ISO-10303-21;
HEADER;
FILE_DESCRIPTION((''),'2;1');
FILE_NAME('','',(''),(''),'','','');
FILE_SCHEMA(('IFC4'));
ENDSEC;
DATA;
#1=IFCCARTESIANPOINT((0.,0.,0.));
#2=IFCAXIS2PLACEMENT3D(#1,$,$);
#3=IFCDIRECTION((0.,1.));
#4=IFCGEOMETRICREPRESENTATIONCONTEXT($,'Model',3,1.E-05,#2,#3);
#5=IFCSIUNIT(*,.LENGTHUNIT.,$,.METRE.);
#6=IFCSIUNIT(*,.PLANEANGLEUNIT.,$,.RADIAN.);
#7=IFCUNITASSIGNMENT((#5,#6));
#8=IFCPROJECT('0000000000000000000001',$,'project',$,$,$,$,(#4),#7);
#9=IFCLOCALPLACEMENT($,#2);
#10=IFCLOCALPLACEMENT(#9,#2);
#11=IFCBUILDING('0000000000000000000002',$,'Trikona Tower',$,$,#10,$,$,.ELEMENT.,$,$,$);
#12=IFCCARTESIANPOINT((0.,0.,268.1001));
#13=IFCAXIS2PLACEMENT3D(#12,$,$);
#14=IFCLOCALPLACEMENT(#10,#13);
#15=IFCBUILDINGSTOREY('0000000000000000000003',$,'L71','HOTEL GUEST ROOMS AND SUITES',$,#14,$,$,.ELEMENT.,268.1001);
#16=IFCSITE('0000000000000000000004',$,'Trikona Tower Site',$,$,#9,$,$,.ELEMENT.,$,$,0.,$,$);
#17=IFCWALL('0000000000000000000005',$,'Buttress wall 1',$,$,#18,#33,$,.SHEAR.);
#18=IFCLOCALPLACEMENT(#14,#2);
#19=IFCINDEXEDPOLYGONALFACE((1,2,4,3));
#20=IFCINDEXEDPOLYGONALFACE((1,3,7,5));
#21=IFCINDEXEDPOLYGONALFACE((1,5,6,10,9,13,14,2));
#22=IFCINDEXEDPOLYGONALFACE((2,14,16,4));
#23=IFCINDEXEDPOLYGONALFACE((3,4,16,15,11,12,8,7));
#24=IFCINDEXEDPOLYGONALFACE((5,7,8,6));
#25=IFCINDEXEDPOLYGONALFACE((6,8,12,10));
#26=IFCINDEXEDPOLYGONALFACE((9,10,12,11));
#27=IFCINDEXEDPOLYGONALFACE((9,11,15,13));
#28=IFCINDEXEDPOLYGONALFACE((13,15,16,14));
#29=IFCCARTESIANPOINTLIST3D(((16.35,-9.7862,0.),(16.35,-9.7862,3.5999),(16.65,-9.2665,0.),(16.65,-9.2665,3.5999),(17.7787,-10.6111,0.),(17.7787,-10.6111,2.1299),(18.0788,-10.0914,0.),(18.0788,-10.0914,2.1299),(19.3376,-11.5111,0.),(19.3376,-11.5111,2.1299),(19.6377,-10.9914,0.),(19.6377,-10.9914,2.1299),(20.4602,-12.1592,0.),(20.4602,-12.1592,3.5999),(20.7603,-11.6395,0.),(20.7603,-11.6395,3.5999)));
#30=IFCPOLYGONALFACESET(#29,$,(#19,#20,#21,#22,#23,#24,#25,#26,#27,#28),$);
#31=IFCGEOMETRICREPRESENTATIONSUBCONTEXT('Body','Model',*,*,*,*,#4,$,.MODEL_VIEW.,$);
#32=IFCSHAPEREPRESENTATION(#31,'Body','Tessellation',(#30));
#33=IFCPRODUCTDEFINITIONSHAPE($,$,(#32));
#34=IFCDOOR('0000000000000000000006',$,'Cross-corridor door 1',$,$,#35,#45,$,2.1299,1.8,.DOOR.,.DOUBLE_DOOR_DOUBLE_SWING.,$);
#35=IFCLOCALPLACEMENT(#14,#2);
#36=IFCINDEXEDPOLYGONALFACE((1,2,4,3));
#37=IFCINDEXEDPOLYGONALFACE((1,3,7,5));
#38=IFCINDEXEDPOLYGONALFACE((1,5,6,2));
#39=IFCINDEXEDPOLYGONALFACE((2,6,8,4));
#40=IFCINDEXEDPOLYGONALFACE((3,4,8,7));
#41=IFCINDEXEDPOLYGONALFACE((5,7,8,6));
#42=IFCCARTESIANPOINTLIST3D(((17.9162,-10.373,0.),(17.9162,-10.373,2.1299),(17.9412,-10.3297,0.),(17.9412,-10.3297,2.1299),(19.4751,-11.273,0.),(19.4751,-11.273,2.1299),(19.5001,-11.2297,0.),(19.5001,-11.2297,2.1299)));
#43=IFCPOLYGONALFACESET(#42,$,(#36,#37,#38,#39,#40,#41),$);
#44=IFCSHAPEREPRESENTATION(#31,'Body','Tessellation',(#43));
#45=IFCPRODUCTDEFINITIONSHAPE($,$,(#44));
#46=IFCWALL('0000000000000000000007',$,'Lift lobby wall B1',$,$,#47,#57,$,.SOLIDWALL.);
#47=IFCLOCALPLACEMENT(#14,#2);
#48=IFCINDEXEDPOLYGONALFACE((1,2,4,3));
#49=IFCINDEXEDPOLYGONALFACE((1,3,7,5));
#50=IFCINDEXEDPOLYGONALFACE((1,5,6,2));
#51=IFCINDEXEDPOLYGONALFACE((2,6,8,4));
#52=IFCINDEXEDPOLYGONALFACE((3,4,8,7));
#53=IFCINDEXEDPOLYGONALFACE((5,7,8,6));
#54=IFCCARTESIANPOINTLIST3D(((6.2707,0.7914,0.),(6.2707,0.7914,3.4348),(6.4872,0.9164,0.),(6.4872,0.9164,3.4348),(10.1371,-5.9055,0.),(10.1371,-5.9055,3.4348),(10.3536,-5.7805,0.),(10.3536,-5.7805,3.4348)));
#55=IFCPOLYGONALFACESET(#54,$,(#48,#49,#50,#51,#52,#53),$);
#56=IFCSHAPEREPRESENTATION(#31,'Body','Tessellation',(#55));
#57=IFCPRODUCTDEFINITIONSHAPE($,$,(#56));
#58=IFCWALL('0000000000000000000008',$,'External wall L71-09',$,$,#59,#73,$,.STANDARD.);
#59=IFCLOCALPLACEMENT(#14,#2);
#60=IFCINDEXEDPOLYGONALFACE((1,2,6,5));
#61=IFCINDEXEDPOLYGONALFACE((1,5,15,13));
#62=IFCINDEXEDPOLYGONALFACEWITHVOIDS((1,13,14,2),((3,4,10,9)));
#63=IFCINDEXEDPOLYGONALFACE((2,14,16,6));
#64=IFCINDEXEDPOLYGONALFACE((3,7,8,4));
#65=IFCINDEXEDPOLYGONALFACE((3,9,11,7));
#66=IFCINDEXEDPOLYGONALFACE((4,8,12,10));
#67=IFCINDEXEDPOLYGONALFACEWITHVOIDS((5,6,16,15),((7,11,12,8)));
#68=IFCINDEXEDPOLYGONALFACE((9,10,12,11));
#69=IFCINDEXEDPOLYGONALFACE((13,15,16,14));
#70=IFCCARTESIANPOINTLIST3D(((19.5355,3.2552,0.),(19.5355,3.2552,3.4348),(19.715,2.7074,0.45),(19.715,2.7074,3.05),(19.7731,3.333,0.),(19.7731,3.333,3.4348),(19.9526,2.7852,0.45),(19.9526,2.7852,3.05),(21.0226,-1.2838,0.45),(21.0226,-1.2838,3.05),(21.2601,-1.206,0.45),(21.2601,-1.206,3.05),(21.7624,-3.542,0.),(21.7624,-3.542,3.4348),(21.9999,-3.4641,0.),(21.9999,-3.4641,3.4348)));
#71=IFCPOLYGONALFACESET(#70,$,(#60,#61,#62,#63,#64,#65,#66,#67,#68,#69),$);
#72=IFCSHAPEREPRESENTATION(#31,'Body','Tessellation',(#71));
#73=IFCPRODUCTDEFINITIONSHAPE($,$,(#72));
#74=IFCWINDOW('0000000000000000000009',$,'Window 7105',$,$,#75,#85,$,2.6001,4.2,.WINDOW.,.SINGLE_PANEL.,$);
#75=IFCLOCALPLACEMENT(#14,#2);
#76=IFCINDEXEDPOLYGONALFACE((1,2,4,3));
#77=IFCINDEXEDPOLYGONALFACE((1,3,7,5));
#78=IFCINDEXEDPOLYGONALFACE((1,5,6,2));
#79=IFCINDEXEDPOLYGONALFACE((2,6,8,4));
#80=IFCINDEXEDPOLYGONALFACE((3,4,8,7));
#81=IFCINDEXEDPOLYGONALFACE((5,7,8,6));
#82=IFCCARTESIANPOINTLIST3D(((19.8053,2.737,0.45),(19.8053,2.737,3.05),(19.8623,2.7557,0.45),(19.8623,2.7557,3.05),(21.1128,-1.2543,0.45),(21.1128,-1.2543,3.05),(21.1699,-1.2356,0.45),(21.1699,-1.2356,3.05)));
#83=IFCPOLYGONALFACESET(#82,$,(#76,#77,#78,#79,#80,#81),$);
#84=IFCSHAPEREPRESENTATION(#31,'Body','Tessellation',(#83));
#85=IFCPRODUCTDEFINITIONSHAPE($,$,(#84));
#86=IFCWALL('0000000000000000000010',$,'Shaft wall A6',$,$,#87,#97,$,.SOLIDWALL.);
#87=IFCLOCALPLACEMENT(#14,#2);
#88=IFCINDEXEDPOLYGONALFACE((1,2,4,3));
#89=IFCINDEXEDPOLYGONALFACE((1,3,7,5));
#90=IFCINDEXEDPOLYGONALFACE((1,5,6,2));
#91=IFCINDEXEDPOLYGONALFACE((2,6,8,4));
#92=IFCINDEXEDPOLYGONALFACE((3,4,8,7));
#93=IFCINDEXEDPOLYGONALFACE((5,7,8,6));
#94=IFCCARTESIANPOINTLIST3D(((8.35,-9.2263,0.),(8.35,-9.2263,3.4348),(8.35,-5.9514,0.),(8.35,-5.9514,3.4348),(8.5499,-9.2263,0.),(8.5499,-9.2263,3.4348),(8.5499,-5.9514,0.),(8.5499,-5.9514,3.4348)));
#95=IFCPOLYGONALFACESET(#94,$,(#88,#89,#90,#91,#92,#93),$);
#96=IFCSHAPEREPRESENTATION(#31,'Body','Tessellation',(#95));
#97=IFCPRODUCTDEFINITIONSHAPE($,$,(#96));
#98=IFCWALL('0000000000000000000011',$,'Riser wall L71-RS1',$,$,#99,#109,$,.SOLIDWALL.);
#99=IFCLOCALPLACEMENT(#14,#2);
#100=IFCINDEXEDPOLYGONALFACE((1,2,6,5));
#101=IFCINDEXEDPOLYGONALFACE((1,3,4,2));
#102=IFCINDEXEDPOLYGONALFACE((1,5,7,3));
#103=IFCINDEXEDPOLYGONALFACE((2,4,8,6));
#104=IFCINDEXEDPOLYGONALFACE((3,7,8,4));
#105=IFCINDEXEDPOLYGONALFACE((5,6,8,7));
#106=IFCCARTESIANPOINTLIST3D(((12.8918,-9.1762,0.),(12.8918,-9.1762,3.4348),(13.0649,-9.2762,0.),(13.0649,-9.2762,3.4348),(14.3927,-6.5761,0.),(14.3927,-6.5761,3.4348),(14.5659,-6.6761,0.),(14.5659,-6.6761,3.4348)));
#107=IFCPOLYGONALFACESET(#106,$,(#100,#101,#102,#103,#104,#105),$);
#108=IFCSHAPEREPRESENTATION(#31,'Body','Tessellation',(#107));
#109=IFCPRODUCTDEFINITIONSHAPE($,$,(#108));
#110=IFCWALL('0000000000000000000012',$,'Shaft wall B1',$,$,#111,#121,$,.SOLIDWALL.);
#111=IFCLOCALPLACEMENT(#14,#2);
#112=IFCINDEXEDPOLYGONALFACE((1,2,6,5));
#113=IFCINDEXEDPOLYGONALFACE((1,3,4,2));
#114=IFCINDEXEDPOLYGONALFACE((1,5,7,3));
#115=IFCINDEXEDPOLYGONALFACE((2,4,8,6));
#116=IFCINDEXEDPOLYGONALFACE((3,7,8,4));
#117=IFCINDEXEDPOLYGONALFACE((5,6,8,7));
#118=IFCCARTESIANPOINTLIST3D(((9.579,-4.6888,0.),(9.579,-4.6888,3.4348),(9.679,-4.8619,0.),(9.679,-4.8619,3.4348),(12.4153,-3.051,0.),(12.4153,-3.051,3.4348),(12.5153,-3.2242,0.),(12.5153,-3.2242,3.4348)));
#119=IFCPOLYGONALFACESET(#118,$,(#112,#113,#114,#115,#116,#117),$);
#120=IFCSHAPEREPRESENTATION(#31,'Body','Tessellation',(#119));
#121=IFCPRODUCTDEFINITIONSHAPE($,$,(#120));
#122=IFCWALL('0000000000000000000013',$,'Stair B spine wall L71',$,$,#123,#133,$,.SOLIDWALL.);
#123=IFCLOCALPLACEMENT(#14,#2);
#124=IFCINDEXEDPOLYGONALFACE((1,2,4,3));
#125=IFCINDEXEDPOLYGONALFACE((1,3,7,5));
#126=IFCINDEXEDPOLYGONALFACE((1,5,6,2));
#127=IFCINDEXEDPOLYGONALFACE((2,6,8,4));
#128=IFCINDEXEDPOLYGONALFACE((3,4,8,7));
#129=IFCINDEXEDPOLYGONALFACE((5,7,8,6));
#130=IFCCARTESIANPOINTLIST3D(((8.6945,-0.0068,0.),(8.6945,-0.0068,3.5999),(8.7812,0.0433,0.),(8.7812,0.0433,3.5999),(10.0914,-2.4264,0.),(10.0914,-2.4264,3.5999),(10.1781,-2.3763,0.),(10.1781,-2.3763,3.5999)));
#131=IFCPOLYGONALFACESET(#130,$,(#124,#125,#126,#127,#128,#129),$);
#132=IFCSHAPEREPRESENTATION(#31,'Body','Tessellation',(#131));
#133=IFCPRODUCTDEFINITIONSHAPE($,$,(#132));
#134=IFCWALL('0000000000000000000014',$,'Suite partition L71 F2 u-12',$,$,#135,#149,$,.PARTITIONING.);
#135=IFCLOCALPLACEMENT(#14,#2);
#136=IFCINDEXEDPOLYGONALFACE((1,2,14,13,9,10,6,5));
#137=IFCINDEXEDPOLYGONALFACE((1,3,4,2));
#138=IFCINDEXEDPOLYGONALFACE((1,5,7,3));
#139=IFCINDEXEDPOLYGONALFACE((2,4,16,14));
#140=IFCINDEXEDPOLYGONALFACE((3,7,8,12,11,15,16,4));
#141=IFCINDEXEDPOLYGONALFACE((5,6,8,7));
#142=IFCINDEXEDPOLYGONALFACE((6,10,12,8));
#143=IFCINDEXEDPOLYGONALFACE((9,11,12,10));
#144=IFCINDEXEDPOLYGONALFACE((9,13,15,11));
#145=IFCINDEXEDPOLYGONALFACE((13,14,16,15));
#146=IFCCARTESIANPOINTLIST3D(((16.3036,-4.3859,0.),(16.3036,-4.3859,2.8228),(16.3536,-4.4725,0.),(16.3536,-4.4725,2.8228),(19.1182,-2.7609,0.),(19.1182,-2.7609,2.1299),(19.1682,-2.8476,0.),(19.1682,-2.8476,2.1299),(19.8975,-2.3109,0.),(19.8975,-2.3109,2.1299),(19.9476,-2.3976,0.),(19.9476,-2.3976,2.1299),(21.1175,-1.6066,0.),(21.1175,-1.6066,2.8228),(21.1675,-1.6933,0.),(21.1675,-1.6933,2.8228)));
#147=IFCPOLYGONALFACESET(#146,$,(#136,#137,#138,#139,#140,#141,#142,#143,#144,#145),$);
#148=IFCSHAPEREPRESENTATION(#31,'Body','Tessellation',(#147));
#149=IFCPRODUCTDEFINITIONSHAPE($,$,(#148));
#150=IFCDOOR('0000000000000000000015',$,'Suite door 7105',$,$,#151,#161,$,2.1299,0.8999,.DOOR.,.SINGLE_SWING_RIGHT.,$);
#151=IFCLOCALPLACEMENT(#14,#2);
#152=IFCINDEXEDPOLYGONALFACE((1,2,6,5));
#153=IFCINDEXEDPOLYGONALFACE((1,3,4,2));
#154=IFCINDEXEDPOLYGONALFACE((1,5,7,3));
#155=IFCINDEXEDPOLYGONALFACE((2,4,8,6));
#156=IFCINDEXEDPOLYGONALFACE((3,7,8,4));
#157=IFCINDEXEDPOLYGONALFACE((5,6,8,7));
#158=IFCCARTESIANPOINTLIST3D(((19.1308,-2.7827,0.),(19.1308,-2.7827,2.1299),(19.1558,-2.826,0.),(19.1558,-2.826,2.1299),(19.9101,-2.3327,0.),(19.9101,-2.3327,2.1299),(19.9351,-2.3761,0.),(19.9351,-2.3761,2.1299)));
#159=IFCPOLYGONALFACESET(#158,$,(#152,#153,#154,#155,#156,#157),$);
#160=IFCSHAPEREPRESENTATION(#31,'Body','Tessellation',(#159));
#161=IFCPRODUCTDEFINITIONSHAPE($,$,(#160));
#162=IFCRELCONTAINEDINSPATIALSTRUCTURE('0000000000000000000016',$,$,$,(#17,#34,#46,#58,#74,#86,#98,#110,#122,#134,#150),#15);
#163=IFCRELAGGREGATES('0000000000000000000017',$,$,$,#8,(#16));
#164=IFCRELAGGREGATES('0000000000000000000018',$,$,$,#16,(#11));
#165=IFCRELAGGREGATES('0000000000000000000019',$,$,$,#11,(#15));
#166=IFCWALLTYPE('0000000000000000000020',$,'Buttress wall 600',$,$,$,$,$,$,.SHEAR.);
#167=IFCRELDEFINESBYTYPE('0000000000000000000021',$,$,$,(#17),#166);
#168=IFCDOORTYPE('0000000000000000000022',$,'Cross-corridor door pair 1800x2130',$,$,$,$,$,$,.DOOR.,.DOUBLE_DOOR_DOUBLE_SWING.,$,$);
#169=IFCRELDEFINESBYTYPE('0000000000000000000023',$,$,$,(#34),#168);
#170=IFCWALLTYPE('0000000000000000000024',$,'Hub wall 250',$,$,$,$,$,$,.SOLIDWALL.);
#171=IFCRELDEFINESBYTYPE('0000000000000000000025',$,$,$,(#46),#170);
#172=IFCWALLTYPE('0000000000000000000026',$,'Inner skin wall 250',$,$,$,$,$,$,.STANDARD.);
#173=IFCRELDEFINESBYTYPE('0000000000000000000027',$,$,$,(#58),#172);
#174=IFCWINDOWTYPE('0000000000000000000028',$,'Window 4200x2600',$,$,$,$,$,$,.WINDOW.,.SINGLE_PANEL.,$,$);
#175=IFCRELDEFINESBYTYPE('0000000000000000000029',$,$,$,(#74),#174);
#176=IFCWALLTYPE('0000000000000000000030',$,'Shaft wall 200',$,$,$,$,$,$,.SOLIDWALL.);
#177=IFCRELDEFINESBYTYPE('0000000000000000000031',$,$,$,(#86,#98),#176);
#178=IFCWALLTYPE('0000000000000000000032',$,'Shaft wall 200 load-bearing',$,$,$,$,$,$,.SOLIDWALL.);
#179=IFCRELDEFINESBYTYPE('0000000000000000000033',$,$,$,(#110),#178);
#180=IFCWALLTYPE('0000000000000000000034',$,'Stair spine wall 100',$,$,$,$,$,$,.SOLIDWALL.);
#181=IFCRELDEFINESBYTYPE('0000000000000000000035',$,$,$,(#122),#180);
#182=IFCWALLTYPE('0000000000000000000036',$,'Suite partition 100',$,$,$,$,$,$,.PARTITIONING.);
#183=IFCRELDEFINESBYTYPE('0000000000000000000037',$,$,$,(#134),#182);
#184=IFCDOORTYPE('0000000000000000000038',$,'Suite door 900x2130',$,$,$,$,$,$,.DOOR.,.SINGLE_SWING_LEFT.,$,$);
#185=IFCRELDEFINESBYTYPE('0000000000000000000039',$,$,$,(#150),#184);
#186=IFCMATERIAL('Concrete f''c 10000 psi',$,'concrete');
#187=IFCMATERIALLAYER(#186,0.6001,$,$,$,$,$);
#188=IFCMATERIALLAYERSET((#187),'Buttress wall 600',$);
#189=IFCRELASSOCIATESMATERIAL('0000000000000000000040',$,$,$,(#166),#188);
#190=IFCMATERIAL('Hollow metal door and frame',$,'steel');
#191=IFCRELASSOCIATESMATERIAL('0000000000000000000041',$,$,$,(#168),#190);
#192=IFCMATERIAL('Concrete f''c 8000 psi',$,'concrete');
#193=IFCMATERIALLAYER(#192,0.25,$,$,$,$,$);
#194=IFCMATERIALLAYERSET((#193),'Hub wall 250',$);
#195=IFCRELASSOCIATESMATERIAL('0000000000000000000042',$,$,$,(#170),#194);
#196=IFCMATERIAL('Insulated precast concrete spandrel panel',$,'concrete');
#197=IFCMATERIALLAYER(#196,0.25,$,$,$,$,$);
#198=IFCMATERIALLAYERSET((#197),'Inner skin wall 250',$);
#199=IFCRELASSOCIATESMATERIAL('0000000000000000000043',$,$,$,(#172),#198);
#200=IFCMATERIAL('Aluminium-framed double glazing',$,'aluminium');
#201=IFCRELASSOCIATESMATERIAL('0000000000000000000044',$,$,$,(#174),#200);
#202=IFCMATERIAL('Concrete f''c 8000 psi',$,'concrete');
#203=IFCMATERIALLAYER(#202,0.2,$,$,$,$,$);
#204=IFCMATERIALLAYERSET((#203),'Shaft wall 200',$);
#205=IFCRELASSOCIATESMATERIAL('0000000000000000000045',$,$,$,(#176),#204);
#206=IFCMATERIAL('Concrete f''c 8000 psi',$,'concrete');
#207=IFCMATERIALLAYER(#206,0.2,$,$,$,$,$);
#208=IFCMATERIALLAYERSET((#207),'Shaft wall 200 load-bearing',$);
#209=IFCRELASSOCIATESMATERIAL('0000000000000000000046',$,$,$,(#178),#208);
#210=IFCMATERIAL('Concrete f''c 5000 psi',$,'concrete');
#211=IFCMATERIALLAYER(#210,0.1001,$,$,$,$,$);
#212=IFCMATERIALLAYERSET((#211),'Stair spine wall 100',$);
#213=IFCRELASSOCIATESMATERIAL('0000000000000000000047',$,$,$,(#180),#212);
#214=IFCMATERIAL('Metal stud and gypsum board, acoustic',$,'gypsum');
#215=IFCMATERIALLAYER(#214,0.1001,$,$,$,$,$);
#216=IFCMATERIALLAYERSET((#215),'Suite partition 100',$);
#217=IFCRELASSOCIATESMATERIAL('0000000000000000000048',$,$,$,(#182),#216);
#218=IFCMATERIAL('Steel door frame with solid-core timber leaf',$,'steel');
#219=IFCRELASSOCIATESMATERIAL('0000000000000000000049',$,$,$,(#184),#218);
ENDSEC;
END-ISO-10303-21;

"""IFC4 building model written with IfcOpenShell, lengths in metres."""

from ifc_helpers import new_model, si_unit, direction, frame, frame_2d, origin, place, context, subcontext, project, spatial, rectangle, extrude, material, layer, layer_set, type_object, element, fill, save


model = new_model("IFC4")

# Units and contexts
model_context = context("Model", 3, precision=1e-05, world=origin(), true_north=direction((0.0, 1.0)))
body_context = subcontext(model_context, "Body", "Model", "MODEL_VIEW")
ifc_project = project(units=[si_unit("LENGTHUNIT", "METRE"), si_unit("PLANEANGLEUNIT", "RADIAN")], contexts=[model_context])

# Site, building, storey
site_placement = place(None, origin())
site = spatial("IfcSite", under=ifc_project, at=site_placement, Name="Trikona Tower Site", CompositionType="ELEMENT", RefElevation=0.0)
building_placement = place(site_placement, origin())
building = spatial("IfcBuilding", under=site, at=building_placement, Name="Trikona Tower", CompositionType="ELEMENT")
storey_placement = place(building_placement, frame((0.0, 0.0, 268.1001)))
storey = spatial("IfcBuildingStorey", under=building, at=storey_placement, Name="L71", Description="HOTEL GUEST ROOMS AND SUITES", CompositionType="ELEMENT", Elevation=268.1001)

# Wall, opening, door
ifc_material_1 = material(Name="Concrete f'c 10000 psi", Category="concrete")
ifc_layer_1 = layer(ifc_material_1, 0.6001)
ifc_layer_set_1 = layer_set([ifc_layer_1], Name="Buttress wall 600")
wall_type_1 = type_object("IfcWallType", Name="Buttress wall 600", PredefinedType="SHEAR", material=ifc_layer_set_1)
wall_1_placement = place(storey_placement, frame((16.5, -9.5264, 0.0), z_axis=(0.0, 0.0, 1.0), x_axis=(0.866031, -0.49999, 0.0)))
wall_1 = element("IfcWall", 1, at=wall_1_placement, inside=storey, type_object=wall_type_1, Name="Buttress wall 1", PredefinedType="SHEAR", context=body_context, shape_type="SweptSolid", body=[
    extrude(rectangle(XDim=4.7461, YDim=0.6001, at=frame_2d((2.373, 0.0))), origin(), (0.0, 0.0, 1.0), 3.5999),
])
opening_1_placement = place(wall_1_placement, frame((1.6499, 0.0, 0.0)))
opening_1 = element("IfcOpeningElement", 2, at=opening_1_placement, cuts=wall_1, PredefinedType="OPENING", context=body_context, shape_type="SweptSolid", body=[
    extrude(rectangle(XDim=1.8, YDim=2.1299, at=frame_2d((0.8999, 1.0649))), frame((0.0, 0.3101, 0.0), z_axis=(0.0, -1.0, 0.0), x_axis=(1.0, 0.0, 0.0)), (0.0, 0.0, 1.0), 0.6201),
])
ifc_material_2 = material(Name="Hollow metal door and frame", Category="steel")
door_type_1 = type_object("IfcDoorType", Name="Cross-corridor door pair 1800x2130", OperationType="DOUBLE_DOOR_DOUBLE_SWING", PredefinedType="DOOR", material=ifc_material_2)
door_1_placement = place(opening_1_placement, origin())
door_1 = element("IfcDoor", 3, at=door_1_placement, inside=storey, type_object=door_type_1, Name="Cross-corridor door 1", OperationType="DOUBLE_DOOR_DOUBLE_SWING", OverallHeight=2.1299, OverallWidth=1.8, PredefinedType="DOOR", context=body_context, shape_type="SweptSolid", body=[
    extrude(rectangle(XDim=1.8, YDim=2.1299, at=frame_2d((0.8999, 1.0649))), frame((0.0, 0.0249, 0.0), z_axis=(0.0, -1.0, 0.0), x_axis=(1.0, 0.0, 0.0)), (0.0, 0.0, 1.0), 0.05),
])
fill(opening_1, door_1)

# Wall
ifc_material_3 = material(Name="Concrete f'c 8000 psi", Category="concrete")
ifc_layer_2 = layer(ifc_material_3, 0.25)
ifc_layer_set_2 = layer_set([ifc_layer_2], Name="Hub wall 250")
wall_type_2 = type_object("IfcWallType", Name="Hub wall 250", PredefinedType="SOLIDWALL", material=ifc_layer_set_2)
wall_2_placement = place(storey_placement, frame((10.2454, -5.843, 0.0), z_axis=(0.0, 0.0, 1.0), x_axis=(-0.499993, 0.866029, 0.0)))
element("IfcWall", 4, at=wall_2_placement, inside=storey, type_object=wall_type_2, Name="Lift lobby wall B1", PredefinedType="SOLIDWALL", context=body_context, shape_type="SweptSolid", body=[
    extrude(rectangle(XDim=7.7329, YDim=0.25, at=frame_2d((3.8665, 0.0))), origin(), (0.0, 0.0, 1.0), 3.4348),
])

# Wall, opening, window
ifc_material_4 = material(Name="Insulated precast concrete spandrel panel", Category="concrete")
ifc_layer_3 = layer(ifc_material_4, 0.25)
ifc_layer_set_3 = layer_set([ifc_layer_3], Name="Inner skin wall 250")
wall_type_3 = type_object("IfcWallType", Name="Inner skin wall 250", PredefinedType="STANDARD", material=ifc_layer_set_3)
wall_3_placement = place(storey_placement, frame((21.8811, -3.5029, 0.0), z_axis=(0.0, 0.0, 1.0), x_axis=(-0.311329, 0.950302, 0.0)))
wall_3 = element("IfcWall", 5, at=wall_3_placement, inside=storey, type_object=wall_type_3, Name="External wall L71-09", PredefinedType="STANDARD", context=body_context, shape_type="SweptSolid", body=[
    extrude(rectangle(XDim=7.1526, YDim=0.25, at=frame_2d((3.5762, 0.0))), origin(), (0.0, 0.0, 1.0), 3.4348),
])
opening_2_placement = place(wall_3_placement, frame((2.376, 0.0, 0.45)))
opening_2 = element("IfcOpeningElement", 6, at=opening_2_placement, cuts=wall_3, PredefinedType="OPENING", context=body_context, shape_type="SweptSolid", body=[
    extrude(rectangle(XDim=4.2, YDim=2.6001, at=frame_2d((2.1001, 1.3))), frame((0.0, 0.135, 0.0), z_axis=(0.0, -1.0, 0.0), x_axis=(1.0, 0.0, 0.0)), (0.0, 0.0, 1.0), 0.27),
])
ifc_material_5 = material(Name="Aluminium-framed double glazing", Category="aluminium")
window_type_1 = type_object("IfcWindowType", Name="Window 4200x2600", PartitioningType="SINGLE_PANEL", PredefinedType="WINDOW", material=ifc_material_5)
window_1_placement = place(opening_2_placement, origin())
window_1 = element("IfcWindow", 7, at=window_1_placement, inside=storey, type_object=window_type_1, Name="Window 7105", OverallHeight=2.6001, OverallWidth=4.2, PartitioningType="SINGLE_PANEL", PredefinedType="WINDOW", context=body_context, shape_type="SweptSolid", body=[
    extrude(rectangle(XDim=4.2, YDim=2.6001, at=frame_2d((2.1001, 1.3))), frame((0.0, 0.03, 0.0), z_axis=(0.0, -1.0, 0.0), x_axis=(1.0, 0.0, 0.0)), (0.0, 0.0, 1.0), 0.0601),
])
fill(opening_2, window_1)

# Walls
ifc_material_6 = material(Name="Concrete f'c 8000 psi", Category="concrete")
ifc_layer_4 = layer(ifc_material_6, 0.2)
ifc_layer_set_4 = layer_set([ifc_layer_4], Name="Shaft wall 200")
wall_type_4 = type_object("IfcWallType", Name="Shaft wall 200", PredefinedType="SOLIDWALL", material=ifc_layer_set_4)
wall_4_placement = place(storey_placement, frame((8.45, -5.9514, 0.0), z_axis=(0.0, 0.0, 1.0), x_axis=(0.0, -1.0, 0.0)))
element("IfcWall", 8, at=wall_4_placement, inside=storey, type_object=wall_type_4, Name="Shaft wall A6", PredefinedType="SOLIDWALL", context=body_context, shape_type="SweptSolid", body=[
    extrude(rectangle(XDim=3.2749, YDim=0.2, at=frame_2d((1.6375, 0.0))), origin(), (0.0, 0.0, 1.0), 3.4348),
])
wall_5_placement = place(storey_placement, frame((14.4792, -6.6262, 0.0), z_axis=(0.0, 0.0, 1.0), x_axis=(-0.499952, -0.866053, 0.0)))
element("IfcWall", 9, at=wall_5_placement, inside=storey, type_object=wall_type_4, Name="Riser wall L71-RS1", PredefinedType="SOLIDWALL", context=body_context, shape_type="SweptSolid", body=[
    extrude(rectangle(XDim=3.0022, YDim=0.2, at=frame_2d((1.501, 0.0))), origin(), (0.0, 0.0, 1.0), 3.4348),
])
ifc_material_7 = material(Name="Concrete f'c 8000 psi", Category="concrete")
ifc_layer_5 = layer(ifc_material_7, 0.2)
ifc_layer_set_5 = layer_set([ifc_layer_5], Name="Shaft wall 200 load-bearing")
wall_type_5 = type_object("IfcWallType", Name="Shaft wall 200 load-bearing", PredefinedType="SOLIDWALL", material=ifc_layer_set_5)
wall_6_placement = place(storey_placement, frame((9.6289, -4.7754, 0.0), z_axis=(0.0, 0.0, 1.0), x_axis=(0.865996, 0.500052, 0.0)))
element("IfcWall", 10, at=wall_6_placement, inside=storey, type_object=wall_type_5, Name="Shaft wall B1", PredefinedType="SOLIDWALL", context=body_context, shape_type="SweptSolid", body=[
    extrude(rectangle(XDim=3.2751, YDim=0.2, at=frame_2d((1.6377, 0.0))), origin(), (0.0, 0.0, 1.0), 3.4348),
])
ifc_material_8 = material(Name="Concrete f'c 5000 psi", Category="concrete")
ifc_layer_6 = layer(ifc_material_8, 0.1001)
ifc_layer_set_6 = layer_set([ifc_layer_6], Name="Stair spine wall 100")
wall_type_6 = type_object("IfcWallType", Name="Stair spine wall 100", PredefinedType="SOLIDWALL", material=ifc_layer_set_6)
wall_7_placement = place(storey_placement, frame((10.1348, -2.4014, 0.0), z_axis=(0.0, 0.0, 1.0), x_axis=(-0.499992, 0.86603, 0.0)))
element("IfcWall", 11, at=wall_7_placement, inside=storey, type_object=wall_type_6, Name="Stair B spine wall L71", PredefinedType="SOLIDWALL", context=body_context, shape_type="SweptSolid", body=[
    extrude(rectangle(XDim=2.7939, YDim=0.1001, at=frame_2d((1.397, 0.0))), origin(), (0.0, 0.0, 1.0), 3.5999),
])

# Wall, opening, door
ifc_material_9 = material(Name="Metal stud and gypsum board, acoustic", Category="gypsum")
ifc_layer_7 = layer(ifc_material_9, 0.1001)
ifc_layer_set_7 = layer_set([ifc_layer_7], Name="Suite partition 100")
wall_type_7 = type_object("IfcWallType", Name="Suite partition 100", PredefinedType="PARTITIONING", material=ifc_layer_set_7)
wall_8_placement = place(storey_placement, frame((16.3286, -4.4292, 0.0), z_axis=(0.0, 0.0, 1.0), x_axis=(0.866029, 0.499994, 0.0)))
wall_8 = element("IfcWall", 12, at=wall_8_placement, inside=storey, type_object=wall_type_7, Name="Suite partition L71 F2 u-12", PredefinedType="PARTITIONING", context=body_context, shape_type="SweptSolid", body=[
    extrude(rectangle(XDim=5.5586, YDim=0.1001, at=frame_2d((2.7793, 0.0))), origin(), (0.0, 0.0, 1.0), 2.8228),
])
opening_3_placement = place(wall_8_placement, frame((3.25, 0.0, 0.0)))
opening_3 = element("IfcOpeningElement", 13, at=opening_3_placement, cuts=wall_8, PredefinedType="OPENING", context=body_context, shape_type="SweptSolid", body=[
    extrude(rectangle(XDim=0.8999, YDim=2.1299, at=frame_2d((0.45, 1.0649))), frame((0.0, 0.0601, 0.0), z_axis=(0.0, -1.0, 0.0), x_axis=(1.0, 0.0, 0.0)), (0.0, 0.0, 1.0), 0.1201),
])
ifc_material_10 = material(Name="Steel door frame with solid-core timber leaf", Category="steel")
door_type_2 = type_object("IfcDoorType", Name="Suite door 900x2130", OperationType="SINGLE_SWING_LEFT", PredefinedType="DOOR", material=ifc_material_10)
door_2_placement = place(opening_3_placement, origin())
door_2 = element("IfcDoor", 14, at=door_2_placement, inside=storey, type_object=door_type_2, Name="Suite door 7105", OperationType="SINGLE_SWING_RIGHT", OverallHeight=2.1299, OverallWidth=0.8999, PredefinedType="DOOR", context=body_context, shape_type="SweptSolid", body=[
    extrude(rectangle(XDim=0.8999, YDim=2.1299, at=frame_2d((0.45, 1.0649))), frame((0.0, 0.0249, 0.0), z_axis=(0.0, -1.0, 0.0), x_axis=(1.0, 0.0, 0.0)), (0.0, 0.0, 1.0), 0.05),
])
fill(opening_3, door_2)

save(model, "model.ifc")
